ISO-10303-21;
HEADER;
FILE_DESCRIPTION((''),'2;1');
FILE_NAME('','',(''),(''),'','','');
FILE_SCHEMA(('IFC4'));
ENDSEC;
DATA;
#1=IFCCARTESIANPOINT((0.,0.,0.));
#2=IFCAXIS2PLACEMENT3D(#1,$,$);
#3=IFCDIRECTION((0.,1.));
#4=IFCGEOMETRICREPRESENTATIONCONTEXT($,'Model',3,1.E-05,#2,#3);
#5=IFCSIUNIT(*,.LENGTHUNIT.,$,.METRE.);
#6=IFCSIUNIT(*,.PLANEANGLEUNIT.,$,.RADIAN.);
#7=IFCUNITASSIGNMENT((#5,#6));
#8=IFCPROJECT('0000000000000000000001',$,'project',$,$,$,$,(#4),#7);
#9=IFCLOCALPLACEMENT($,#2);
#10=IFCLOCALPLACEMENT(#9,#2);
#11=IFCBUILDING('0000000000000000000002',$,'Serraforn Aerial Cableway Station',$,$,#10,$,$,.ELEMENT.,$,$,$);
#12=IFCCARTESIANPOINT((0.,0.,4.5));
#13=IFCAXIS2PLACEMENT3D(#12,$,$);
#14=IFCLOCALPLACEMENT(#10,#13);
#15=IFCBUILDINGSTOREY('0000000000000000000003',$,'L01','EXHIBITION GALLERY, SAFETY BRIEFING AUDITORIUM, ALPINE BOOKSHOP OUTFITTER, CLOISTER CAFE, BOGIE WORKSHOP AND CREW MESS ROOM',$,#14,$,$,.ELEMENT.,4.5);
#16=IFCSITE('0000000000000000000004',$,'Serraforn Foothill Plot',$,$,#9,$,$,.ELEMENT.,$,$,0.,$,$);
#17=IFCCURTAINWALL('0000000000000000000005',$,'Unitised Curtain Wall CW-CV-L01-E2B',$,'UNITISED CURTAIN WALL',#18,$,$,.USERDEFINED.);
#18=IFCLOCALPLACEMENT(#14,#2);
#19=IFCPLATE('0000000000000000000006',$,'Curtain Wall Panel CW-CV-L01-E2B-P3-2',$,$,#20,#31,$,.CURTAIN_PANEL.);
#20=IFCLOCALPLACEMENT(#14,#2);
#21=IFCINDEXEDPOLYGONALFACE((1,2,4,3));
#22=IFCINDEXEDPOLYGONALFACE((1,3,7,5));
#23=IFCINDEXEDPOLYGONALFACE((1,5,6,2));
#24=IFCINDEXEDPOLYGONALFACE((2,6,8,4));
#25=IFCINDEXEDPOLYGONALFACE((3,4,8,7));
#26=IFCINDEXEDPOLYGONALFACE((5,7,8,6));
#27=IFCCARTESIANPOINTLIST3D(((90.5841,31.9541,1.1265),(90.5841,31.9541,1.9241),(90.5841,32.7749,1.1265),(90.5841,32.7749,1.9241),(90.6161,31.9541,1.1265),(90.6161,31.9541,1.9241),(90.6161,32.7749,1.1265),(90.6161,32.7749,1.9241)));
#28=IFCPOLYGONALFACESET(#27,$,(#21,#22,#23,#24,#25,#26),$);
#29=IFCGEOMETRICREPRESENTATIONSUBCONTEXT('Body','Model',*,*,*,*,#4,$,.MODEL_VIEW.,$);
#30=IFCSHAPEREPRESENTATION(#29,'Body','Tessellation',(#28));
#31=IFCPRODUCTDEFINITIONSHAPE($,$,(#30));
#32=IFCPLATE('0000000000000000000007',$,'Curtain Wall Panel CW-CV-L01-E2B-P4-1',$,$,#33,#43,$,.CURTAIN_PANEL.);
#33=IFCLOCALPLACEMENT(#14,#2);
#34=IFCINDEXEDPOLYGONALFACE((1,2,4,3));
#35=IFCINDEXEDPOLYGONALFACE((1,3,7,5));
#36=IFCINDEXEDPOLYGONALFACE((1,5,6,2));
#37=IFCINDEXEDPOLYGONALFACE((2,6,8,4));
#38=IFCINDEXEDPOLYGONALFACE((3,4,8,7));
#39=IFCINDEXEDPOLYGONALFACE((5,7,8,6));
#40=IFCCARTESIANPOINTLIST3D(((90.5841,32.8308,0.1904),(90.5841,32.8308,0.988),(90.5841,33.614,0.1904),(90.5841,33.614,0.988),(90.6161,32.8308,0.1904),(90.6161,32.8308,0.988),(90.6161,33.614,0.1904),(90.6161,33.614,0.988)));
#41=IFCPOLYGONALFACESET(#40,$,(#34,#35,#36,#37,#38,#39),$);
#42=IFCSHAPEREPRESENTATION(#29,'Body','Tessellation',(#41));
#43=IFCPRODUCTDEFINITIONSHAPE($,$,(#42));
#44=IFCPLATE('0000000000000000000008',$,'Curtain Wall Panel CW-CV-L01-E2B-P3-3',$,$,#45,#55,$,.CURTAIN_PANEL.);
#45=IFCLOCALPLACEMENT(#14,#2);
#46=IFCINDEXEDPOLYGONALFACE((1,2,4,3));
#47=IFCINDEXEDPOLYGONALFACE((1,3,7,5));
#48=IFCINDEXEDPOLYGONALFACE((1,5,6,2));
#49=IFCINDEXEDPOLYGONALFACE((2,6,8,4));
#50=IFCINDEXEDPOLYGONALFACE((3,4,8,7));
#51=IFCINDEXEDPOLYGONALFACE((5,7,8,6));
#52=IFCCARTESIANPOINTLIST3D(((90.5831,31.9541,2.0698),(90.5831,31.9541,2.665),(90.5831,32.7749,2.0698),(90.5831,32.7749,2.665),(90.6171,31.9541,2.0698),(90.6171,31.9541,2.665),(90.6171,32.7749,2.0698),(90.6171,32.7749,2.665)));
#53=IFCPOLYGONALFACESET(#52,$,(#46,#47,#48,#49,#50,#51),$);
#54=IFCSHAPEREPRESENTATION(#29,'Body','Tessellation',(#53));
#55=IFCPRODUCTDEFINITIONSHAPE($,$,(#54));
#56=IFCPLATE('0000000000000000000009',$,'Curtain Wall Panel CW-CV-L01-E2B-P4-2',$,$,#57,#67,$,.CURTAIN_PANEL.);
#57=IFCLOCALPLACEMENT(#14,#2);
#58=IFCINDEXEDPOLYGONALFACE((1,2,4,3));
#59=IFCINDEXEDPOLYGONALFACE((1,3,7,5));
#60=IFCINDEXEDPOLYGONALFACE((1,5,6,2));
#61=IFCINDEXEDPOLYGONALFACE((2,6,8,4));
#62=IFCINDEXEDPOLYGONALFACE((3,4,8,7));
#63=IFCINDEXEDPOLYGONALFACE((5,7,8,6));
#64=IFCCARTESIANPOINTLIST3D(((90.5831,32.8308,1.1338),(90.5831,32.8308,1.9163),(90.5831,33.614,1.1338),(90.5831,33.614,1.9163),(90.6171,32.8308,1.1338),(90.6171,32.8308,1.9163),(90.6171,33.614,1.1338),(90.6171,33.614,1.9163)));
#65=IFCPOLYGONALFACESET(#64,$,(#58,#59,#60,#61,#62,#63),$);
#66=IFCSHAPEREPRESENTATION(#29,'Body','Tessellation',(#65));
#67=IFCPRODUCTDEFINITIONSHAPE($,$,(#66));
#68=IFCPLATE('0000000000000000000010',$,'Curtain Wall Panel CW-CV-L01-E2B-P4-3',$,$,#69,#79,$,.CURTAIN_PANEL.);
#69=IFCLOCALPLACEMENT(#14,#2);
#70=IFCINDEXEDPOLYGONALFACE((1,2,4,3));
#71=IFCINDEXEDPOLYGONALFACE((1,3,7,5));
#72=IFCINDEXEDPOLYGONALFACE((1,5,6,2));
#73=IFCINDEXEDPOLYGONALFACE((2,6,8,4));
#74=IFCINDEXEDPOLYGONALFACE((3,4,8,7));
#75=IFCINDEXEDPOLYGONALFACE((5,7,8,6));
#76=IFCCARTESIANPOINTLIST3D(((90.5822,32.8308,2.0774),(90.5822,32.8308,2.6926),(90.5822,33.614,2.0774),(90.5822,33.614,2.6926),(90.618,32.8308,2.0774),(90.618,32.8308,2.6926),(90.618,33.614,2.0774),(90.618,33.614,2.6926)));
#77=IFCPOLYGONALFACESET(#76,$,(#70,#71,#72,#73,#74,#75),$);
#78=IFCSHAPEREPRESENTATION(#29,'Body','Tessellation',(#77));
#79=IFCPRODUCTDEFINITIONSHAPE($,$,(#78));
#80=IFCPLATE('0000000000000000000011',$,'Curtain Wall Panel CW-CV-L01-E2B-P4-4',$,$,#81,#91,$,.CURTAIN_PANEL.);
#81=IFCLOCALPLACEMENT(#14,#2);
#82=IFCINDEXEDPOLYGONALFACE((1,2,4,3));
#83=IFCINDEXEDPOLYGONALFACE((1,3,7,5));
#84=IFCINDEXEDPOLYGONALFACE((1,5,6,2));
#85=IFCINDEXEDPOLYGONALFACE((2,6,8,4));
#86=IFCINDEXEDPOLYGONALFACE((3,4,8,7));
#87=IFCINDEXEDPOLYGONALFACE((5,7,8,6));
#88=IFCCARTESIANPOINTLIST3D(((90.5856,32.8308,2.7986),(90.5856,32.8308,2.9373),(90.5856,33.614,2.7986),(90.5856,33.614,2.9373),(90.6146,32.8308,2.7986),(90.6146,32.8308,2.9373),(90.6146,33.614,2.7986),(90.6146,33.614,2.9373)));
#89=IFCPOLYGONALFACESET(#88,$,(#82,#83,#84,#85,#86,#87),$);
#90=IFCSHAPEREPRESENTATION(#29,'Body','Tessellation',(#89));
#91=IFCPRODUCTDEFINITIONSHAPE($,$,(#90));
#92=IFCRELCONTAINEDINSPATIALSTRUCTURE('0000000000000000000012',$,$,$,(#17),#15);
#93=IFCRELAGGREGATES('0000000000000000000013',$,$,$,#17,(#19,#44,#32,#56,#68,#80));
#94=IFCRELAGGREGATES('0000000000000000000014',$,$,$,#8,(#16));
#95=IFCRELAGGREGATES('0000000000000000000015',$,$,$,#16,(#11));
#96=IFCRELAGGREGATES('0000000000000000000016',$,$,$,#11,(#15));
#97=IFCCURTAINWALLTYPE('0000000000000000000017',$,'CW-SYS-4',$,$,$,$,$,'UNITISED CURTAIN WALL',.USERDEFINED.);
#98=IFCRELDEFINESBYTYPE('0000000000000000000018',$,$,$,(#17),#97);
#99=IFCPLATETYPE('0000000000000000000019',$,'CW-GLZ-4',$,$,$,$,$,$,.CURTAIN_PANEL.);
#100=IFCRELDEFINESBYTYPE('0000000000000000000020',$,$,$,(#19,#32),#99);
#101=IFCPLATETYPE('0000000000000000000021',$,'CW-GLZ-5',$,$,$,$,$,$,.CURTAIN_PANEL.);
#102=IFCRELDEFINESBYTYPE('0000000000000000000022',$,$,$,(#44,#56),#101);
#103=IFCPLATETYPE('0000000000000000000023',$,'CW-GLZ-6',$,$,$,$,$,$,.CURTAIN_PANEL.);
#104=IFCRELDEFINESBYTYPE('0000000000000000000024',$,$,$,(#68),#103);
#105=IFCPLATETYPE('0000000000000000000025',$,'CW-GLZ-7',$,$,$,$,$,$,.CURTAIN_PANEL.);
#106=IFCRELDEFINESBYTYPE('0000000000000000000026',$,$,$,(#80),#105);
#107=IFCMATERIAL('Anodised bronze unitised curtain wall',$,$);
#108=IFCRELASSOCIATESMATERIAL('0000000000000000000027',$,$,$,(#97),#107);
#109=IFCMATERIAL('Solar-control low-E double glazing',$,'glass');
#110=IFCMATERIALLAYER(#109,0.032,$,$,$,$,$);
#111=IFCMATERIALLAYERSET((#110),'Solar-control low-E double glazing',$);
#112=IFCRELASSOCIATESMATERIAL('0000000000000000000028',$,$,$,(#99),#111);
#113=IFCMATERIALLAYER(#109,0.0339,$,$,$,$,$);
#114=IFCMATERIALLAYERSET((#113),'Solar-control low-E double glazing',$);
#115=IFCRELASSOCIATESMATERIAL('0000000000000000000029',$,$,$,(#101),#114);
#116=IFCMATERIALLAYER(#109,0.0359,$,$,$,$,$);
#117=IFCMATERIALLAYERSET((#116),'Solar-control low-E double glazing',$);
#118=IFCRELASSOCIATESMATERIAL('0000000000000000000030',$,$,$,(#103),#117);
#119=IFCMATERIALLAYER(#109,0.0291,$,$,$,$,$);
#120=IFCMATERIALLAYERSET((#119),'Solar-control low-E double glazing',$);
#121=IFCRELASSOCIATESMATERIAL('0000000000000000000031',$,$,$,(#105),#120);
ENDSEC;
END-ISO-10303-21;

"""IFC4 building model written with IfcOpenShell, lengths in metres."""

from ifc_helpers import new_model, si_unit, direction, frame, origin, origin_2d, place, context, subcontext, project, spatial, rectangle, extrude, material, layer, layer_set, type_object, element, aggregate, save


model = new_model("IFC4")

# Units and contexts
model_context = context("Model", 3, precision=1e-05, world=origin(), true_north=direction((0.0, 1.0)))
body_context = subcontext(model_context, "Body", "Model", "MODEL_VIEW")
ifc_project = project(units=[si_unit("LENGTHUNIT", "METRE"), si_unit("PLANEANGLEUNIT", "RADIAN")], contexts=[model_context])

# Site, building, storey
site_placement = place(None, origin())
site = spatial("IfcSite", under=ifc_project, at=site_placement, Name="Serraforn Foothill Plot", CompositionType="ELEMENT", RefElevation=0.0)
building_placement = place(site_placement, origin())
building = spatial("IfcBuilding", under=site, at=building_placement, Name="Serraforn Aerial Cableway Station", CompositionType="ELEMENT")
storey_placement = place(building_placement, frame((0.0, 0.0, 4.5)))
storey = spatial("IfcBuildingStorey", under=building, at=storey_placement, Name="L01", Description="EXHIBITION GALLERY, SAFETY BRIEFING AUDITORIUM, ALPINE BOOKSHOP OUTFITTER, CLOISTER CAFE, BOGIE WORKSHOP AND CREW MESS ROOM", CompositionType="ELEMENT", Elevation=4.5)

# Curtain wall, plates
ifc_material_1 = material(Name="Anodised bronze unitised curtain wall")
curtain_wall_type = type_object("IfcCurtainWallType", Name="CW-SYS-4", ElementType="UNITISED CURTAIN WALL", PredefinedType="USERDEFINED", material=ifc_material_1)
curtain_wall_placement = place(storey_placement, origin())
curtain_wall = element("IfcCurtainWall", 1, at=curtain_wall_placement, inside=storey, type_object=curtain_wall_type, Name="Unitised Curtain Wall CW-CV-L01-E2B", ObjectType="UNITISED CURTAIN WALL", PredefinedType="USERDEFINED")
ifc_material_2 = material(Name="Solar-control low-E double glazing", Category="glass")
ifc_layer_1 = layer(ifc_material_2, 0.032)
ifc_layer_set_1 = layer_set([ifc_layer_1], Name="Solar-control low-E double glazing")
plate_type_1 = type_object("IfcPlateType", Name="CW-GLZ-4", PredefinedType="CURTAIN_PANEL", material=ifc_layer_set_1)
plate_1_placement = place(storey_placement, frame((90.6001, 32.3645, 1.1265), z_axis=(0.0, 0.0, 1.0), x_axis=(1.0, 0.0, 0.0)))
plate_1 = element("IfcPlate", 2, at=plate_1_placement, type_object=plate_type_1, Name="Curtain Wall Panel CW-CV-L01-E2B-P3-2", PredefinedType="CURTAIN_PANEL", context=body_context, shape_type="SweptSolid", body=[
    extrude(rectangle(XDim=0.032, YDim=0.8208, at=origin_2d()), origin(), (0.0, 0.0, 1.0), 0.7976),
])
plate_2_placement = place(storey_placement, frame((90.6001, 33.2224, 0.1904), z_axis=(0.0, 0.0, 1.0), x_axis=(1.0, 0.0, 0.0)))
plate_2 = element("IfcPlate", 3, at=plate_2_placement, type_object=plate_type_1, Name="Curtain Wall Panel CW-CV-L01-E2B-P4-1", PredefinedType="CURTAIN_PANEL", context=body_context, shape_type="SweptSolid", body=[
    extrude(rectangle(XDim=0.032, YDim=0.7832, at=origin_2d()), origin(), (0.0, 0.0, 1.0), 0.7976),
])
ifc_layer_2 = layer(ifc_material_2, 0.0339)
ifc_layer_set_2 = layer_set([ifc_layer_2], Name="Solar-control low-E double glazing")
plate_type_2 = type_object("IfcPlateType", Name="CW-GLZ-5", PredefinedType="CURTAIN_PANEL", material=ifc_layer_set_2)
plate_3_placement = place(storey_placement, frame((90.6001, 32.3645, 2.0698), z_axis=(0.0, 0.0, 1.0), x_axis=(1.0, 0.0, 0.0)))
plate_3 = element("IfcPlate", 4, at=plate_3_placement, type_object=plate_type_2, Name="Curtain Wall Panel CW-CV-L01-E2B-P3-3", PredefinedType="CURTAIN_PANEL", context=body_context, shape_type="SweptSolid", body=[
    extrude(rectangle(XDim=0.0339, YDim=0.8208, at=origin_2d()), origin(), (0.0, 0.0, 1.0), 0.5952),
])
plate_4_placement = place(storey_placement, frame((90.6001, 33.2224, 1.1338), z_axis=(0.0, 0.0, 1.0), x_axis=(1.0, 0.0, 0.0)))
plate_4 = element("IfcPlate", 5, at=plate_4_placement, type_object=plate_type_2, Name="Curtain Wall Panel CW-CV-L01-E2B-P4-2", PredefinedType="CURTAIN_PANEL", context=body_context, shape_type="SweptSolid", body=[
    extrude(rectangle(XDim=0.0339, YDim=0.7832, at=origin_2d()), origin(), (0.0, 0.0, 1.0), 0.7825),
])
ifc_layer_3 = layer(ifc_material_2, 0.0359)
ifc_layer_set_3 = layer_set([ifc_layer_3], Name="Solar-control low-E double glazing")
plate_type_3 = type_object("IfcPlateType", Name="CW-GLZ-6", PredefinedType="CURTAIN_PANEL", material=ifc_layer_set_3)
plate_5_placement = place(storey_placement, frame((90.6001, 33.2224, 2.0774), z_axis=(0.0, 0.0, 1.0), x_axis=(1.0, 0.0, 0.0)))
plate_5 = element("IfcPlate", 6, at=plate_5_placement, type_object=plate_type_3, Name="Curtain Wall Panel CW-CV-L01-E2B-P4-3", PredefinedType="CURTAIN_PANEL", context=body_context, shape_type="SweptSolid", body=[
    extrude(rectangle(XDim=0.0359, YDim=0.7832, at=origin_2d()), origin(), (0.0, 0.0, 1.0), 0.6152),
])
ifc_layer_4 = layer(ifc_material_2, 0.0291)
ifc_layer_set_4 = layer_set([ifc_layer_4], Name="Solar-control low-E double glazing")
plate_type_4 = type_object("IfcPlateType", Name="CW-GLZ-7", PredefinedType="CURTAIN_PANEL", material=ifc_layer_set_4)
plate_6_placement = place(storey_placement, frame((90.6001, 33.2224, 2.7986), z_axis=(0.0, 0.0, 1.0), x_axis=(1.0, 0.0, 0.0)))
plate_6 = element("IfcPlate", 7, at=plate_6_placement, type_object=plate_type_4, Name="Curtain Wall Panel CW-CV-L01-E2B-P4-4", PredefinedType="CURTAIN_PANEL", context=body_context, shape_type="SweptSolid", body=[
    extrude(rectangle(XDim=0.0291, YDim=0.7832, at=origin_2d()), origin(), (0.0, 0.0, 1.0), 0.1387),
])
aggregate(curtain_wall, [plate_1, plate_3, plate_2, plate_4, plate_5, plate_6])

save(model, "model.ifc")
